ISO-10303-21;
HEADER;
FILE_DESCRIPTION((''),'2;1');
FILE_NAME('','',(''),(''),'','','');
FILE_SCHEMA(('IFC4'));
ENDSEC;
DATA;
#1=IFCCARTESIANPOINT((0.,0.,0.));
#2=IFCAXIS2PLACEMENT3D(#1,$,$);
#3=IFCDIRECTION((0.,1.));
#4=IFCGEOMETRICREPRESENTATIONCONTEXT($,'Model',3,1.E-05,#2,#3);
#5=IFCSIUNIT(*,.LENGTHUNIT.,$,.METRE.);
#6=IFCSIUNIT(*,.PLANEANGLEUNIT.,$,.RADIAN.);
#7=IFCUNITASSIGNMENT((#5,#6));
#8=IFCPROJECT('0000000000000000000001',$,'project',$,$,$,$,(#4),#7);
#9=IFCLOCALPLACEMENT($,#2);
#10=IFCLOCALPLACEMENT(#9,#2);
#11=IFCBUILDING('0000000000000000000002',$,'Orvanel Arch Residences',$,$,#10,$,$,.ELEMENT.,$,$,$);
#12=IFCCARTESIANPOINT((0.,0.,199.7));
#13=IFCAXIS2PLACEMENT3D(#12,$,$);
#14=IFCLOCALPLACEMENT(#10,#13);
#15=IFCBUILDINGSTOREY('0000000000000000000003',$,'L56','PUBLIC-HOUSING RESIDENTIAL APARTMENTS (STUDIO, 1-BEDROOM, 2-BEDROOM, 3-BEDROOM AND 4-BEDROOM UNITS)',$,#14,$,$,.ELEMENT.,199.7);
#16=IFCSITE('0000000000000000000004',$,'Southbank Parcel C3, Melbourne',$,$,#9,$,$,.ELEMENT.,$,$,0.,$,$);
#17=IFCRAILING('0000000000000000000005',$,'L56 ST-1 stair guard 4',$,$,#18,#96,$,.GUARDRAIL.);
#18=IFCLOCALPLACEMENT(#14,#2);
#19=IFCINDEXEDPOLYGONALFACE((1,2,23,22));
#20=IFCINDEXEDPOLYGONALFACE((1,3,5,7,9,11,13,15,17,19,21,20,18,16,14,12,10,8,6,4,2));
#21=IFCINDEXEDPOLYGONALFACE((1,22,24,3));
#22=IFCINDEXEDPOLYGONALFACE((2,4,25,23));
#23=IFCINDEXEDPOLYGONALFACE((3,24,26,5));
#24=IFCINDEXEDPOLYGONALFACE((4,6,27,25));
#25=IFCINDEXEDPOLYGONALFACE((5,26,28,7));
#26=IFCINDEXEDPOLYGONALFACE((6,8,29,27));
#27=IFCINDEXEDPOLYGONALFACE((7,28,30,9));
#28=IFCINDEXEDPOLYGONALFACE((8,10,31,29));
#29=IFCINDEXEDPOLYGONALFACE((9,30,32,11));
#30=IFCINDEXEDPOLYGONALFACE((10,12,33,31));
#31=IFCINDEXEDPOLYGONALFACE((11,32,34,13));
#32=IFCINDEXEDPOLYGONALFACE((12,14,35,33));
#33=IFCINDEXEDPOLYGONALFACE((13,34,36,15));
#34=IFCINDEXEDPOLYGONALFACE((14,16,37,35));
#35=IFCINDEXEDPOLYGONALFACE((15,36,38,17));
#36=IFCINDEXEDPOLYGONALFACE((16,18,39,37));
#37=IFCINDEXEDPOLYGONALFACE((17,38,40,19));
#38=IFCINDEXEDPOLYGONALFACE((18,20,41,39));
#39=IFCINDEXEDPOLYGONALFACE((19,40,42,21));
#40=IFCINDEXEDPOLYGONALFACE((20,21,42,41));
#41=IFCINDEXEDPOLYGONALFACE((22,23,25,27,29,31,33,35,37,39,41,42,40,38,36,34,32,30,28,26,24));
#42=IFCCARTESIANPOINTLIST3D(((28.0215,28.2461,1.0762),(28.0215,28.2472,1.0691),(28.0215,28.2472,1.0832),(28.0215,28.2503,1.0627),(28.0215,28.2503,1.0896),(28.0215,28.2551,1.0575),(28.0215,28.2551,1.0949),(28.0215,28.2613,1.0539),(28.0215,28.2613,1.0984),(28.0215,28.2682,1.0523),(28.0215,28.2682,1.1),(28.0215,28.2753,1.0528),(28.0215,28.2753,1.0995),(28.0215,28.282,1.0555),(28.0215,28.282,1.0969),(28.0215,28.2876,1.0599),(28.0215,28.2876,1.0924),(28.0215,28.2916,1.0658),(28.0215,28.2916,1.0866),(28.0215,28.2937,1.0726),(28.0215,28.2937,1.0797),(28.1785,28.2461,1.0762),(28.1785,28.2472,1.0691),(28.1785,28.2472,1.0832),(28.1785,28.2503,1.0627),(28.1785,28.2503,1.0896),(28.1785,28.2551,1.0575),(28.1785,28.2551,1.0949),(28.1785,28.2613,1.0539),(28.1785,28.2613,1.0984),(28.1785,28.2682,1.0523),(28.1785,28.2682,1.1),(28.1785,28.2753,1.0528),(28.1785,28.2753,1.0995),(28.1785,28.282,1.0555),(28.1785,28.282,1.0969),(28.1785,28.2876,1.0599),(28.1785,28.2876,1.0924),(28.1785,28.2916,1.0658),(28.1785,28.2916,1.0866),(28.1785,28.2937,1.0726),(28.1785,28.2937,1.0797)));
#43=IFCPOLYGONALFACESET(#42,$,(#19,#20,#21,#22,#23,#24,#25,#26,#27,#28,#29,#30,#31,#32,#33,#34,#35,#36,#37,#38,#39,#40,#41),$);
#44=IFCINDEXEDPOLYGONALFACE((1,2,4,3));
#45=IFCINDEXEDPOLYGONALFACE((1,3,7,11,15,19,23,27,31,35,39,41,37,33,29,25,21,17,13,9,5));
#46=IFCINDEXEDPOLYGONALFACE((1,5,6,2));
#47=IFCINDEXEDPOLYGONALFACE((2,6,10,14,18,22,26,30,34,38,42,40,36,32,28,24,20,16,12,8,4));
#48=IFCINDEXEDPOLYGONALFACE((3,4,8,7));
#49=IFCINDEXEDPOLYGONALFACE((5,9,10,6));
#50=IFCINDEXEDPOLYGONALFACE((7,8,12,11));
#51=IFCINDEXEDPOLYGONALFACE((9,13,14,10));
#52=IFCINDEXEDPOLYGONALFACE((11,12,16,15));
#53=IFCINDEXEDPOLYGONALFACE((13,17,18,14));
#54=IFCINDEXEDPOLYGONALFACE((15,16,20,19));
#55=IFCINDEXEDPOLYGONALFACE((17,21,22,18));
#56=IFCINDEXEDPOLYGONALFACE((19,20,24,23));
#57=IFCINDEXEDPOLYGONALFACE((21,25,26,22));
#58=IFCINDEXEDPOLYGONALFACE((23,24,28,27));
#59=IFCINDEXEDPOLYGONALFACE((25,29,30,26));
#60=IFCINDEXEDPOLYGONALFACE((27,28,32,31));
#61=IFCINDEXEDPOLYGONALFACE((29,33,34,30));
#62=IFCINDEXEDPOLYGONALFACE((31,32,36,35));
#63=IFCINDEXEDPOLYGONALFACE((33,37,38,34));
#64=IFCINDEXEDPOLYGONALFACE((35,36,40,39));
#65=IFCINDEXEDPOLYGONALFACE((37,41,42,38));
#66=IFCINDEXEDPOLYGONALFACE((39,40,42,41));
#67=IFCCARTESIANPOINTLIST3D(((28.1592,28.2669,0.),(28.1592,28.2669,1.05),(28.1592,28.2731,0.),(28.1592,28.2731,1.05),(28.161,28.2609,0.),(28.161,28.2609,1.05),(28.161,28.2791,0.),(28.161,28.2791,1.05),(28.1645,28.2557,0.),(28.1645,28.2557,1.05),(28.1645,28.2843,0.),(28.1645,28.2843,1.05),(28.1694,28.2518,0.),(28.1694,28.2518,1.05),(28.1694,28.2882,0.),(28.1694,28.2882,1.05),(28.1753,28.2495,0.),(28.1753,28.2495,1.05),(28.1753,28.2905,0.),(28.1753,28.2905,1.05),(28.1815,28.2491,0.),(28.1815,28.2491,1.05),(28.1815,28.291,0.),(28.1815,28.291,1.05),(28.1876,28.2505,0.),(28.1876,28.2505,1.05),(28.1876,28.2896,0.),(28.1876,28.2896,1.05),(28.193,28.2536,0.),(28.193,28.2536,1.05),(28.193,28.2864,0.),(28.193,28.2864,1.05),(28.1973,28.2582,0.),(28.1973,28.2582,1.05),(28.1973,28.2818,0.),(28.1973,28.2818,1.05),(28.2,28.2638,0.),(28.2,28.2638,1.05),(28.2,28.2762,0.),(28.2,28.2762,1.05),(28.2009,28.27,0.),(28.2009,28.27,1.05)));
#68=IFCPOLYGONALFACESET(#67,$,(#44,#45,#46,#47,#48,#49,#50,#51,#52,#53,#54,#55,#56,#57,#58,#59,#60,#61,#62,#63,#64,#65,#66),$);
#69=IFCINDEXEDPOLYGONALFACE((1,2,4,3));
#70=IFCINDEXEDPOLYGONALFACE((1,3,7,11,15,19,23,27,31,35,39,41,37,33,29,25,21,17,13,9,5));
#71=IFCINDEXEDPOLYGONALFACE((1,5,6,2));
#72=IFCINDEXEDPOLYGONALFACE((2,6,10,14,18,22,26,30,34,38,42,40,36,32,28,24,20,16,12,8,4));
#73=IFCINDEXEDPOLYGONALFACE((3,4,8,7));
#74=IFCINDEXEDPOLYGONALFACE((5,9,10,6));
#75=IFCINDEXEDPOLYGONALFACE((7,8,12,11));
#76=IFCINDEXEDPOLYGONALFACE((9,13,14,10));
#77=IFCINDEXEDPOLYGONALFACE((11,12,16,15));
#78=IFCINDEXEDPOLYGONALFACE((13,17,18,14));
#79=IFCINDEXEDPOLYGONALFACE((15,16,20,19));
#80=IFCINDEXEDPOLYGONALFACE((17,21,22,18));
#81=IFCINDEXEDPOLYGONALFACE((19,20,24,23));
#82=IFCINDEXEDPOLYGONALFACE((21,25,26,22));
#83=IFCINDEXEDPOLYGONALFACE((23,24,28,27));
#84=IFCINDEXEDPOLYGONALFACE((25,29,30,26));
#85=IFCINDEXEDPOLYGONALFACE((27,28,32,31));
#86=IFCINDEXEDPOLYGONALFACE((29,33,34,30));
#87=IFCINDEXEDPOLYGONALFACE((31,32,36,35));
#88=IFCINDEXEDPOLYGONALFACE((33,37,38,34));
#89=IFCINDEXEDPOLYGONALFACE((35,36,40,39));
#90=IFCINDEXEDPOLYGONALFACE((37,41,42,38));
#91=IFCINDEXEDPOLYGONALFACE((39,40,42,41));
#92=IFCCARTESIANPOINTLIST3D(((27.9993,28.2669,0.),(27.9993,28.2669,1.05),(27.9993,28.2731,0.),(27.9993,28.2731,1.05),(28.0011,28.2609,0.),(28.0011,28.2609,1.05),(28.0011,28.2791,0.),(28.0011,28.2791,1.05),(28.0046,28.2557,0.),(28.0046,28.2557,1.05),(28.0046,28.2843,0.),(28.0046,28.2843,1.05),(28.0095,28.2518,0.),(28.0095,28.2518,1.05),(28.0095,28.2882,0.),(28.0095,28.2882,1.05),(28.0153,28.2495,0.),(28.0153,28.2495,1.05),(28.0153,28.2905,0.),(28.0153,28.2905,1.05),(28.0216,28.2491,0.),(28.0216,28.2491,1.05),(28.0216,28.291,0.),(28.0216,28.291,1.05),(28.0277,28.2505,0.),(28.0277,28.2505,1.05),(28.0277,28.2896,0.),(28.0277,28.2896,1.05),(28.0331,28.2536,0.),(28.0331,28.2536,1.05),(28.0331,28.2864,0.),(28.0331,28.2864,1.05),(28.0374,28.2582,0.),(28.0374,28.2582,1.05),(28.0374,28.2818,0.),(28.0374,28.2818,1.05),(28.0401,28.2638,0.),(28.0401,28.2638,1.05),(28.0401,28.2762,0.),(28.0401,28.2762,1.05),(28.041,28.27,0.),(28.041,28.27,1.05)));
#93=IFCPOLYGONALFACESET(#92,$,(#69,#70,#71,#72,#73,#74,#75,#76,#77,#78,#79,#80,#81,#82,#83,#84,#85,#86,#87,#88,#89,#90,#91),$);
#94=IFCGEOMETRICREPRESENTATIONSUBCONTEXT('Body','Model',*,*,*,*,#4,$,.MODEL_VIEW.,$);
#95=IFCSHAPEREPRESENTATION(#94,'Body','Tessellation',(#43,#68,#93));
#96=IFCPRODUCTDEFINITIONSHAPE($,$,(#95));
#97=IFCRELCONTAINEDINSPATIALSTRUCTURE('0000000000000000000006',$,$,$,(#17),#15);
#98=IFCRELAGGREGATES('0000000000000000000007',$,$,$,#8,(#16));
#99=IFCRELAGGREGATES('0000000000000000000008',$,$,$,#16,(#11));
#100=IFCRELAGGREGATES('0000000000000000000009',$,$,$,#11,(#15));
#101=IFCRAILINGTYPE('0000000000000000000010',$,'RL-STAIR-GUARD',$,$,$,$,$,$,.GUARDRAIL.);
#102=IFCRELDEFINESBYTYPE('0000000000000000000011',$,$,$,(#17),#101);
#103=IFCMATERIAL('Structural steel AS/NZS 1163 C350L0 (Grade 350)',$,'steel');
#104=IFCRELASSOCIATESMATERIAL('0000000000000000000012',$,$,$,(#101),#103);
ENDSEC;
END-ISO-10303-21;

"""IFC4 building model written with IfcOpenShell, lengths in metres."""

from ifc_helpers import new_model, si_unit, direction, frame, origin, origin_2d, place, context, subcontext, project, spatial, circle, extrude, material, type_object, element, save


model = new_model("IFC4")

# Units and contexts
model_context = context("Model", 3, precision=1e-05, world=origin(), true_north=direction((0.0, 1.0)))
body_context = subcontext(model_context, "Body", "Model", "MODEL_VIEW")
ifc_project = project(units=[si_unit("LENGTHUNIT", "METRE"), si_unit("PLANEANGLEUNIT", "RADIAN")], contexts=[model_context])

# Site, building, storey
site_placement = place(None, origin())
site = spatial("IfcSite", under=ifc_project, at=site_placement, Name="Southbank Parcel C3, Melbourne", CompositionType="ELEMENT", RefElevation=0.0)
building_placement = place(site_placement, origin())
building = spatial("IfcBuilding", under=site, at=building_placement, Name="Orvanel Arch Residences", CompositionType="ELEMENT")
storey_placement = place(building_placement, frame((0.0, 0.0, 199.7)))
storey = spatial("IfcBuildingStorey", under=building, at=storey_placement, Name="L56", Description="PUBLIC-HOUSING RESIDENTIAL APARTMENTS (STUDIO, 1-BEDROOM, 2-BEDROOM, 3-BEDROOM AND 4-BEDROOM UNITS)", CompositionType="ELEMENT", Elevation=199.7)

# Railing
ifc_material_1 = material(Name="Structural steel AS/NZS 1163 C350L0 (Grade 350)", Category="steel")
railing_type_1 = type_object("IfcRailingType", Name="RL-STAIR-GUARD", PredefinedType="GUARDRAIL", material=ifc_material_1)
railing_1_placement = place(storey_placement, frame((28.1799, 28.27, 0.0)))
element("IfcRailing", 1, at=railing_1_placement, inside=storey, type_object=railing_type_1, Name="L56 ST-1 stair guard 4", PredefinedType="GUARDRAIL", context=body_context, shape_type="SweptSolid", body=[
    extrude(circle(Radius=0.0239, at=origin_2d()), frame((-0.0015, 0.0, 1.0762), z_axis=(-1.0, 0.0, 0.0), x_axis=(0.0, -1.0, 0.0)), (0.0, 0.0, 1.0), 0.157),
    extrude(circle(Radius=0.021, at=origin_2d()), origin(), (0.0, 0.0, 1.0), 1.05),
    extrude(circle(Radius=0.021, at=origin_2d()), frame((-0.1599, 0.0, 0.0)), (0.0, 0.0, 1.0), 1.05),
])

save(model, "model.ifc")
